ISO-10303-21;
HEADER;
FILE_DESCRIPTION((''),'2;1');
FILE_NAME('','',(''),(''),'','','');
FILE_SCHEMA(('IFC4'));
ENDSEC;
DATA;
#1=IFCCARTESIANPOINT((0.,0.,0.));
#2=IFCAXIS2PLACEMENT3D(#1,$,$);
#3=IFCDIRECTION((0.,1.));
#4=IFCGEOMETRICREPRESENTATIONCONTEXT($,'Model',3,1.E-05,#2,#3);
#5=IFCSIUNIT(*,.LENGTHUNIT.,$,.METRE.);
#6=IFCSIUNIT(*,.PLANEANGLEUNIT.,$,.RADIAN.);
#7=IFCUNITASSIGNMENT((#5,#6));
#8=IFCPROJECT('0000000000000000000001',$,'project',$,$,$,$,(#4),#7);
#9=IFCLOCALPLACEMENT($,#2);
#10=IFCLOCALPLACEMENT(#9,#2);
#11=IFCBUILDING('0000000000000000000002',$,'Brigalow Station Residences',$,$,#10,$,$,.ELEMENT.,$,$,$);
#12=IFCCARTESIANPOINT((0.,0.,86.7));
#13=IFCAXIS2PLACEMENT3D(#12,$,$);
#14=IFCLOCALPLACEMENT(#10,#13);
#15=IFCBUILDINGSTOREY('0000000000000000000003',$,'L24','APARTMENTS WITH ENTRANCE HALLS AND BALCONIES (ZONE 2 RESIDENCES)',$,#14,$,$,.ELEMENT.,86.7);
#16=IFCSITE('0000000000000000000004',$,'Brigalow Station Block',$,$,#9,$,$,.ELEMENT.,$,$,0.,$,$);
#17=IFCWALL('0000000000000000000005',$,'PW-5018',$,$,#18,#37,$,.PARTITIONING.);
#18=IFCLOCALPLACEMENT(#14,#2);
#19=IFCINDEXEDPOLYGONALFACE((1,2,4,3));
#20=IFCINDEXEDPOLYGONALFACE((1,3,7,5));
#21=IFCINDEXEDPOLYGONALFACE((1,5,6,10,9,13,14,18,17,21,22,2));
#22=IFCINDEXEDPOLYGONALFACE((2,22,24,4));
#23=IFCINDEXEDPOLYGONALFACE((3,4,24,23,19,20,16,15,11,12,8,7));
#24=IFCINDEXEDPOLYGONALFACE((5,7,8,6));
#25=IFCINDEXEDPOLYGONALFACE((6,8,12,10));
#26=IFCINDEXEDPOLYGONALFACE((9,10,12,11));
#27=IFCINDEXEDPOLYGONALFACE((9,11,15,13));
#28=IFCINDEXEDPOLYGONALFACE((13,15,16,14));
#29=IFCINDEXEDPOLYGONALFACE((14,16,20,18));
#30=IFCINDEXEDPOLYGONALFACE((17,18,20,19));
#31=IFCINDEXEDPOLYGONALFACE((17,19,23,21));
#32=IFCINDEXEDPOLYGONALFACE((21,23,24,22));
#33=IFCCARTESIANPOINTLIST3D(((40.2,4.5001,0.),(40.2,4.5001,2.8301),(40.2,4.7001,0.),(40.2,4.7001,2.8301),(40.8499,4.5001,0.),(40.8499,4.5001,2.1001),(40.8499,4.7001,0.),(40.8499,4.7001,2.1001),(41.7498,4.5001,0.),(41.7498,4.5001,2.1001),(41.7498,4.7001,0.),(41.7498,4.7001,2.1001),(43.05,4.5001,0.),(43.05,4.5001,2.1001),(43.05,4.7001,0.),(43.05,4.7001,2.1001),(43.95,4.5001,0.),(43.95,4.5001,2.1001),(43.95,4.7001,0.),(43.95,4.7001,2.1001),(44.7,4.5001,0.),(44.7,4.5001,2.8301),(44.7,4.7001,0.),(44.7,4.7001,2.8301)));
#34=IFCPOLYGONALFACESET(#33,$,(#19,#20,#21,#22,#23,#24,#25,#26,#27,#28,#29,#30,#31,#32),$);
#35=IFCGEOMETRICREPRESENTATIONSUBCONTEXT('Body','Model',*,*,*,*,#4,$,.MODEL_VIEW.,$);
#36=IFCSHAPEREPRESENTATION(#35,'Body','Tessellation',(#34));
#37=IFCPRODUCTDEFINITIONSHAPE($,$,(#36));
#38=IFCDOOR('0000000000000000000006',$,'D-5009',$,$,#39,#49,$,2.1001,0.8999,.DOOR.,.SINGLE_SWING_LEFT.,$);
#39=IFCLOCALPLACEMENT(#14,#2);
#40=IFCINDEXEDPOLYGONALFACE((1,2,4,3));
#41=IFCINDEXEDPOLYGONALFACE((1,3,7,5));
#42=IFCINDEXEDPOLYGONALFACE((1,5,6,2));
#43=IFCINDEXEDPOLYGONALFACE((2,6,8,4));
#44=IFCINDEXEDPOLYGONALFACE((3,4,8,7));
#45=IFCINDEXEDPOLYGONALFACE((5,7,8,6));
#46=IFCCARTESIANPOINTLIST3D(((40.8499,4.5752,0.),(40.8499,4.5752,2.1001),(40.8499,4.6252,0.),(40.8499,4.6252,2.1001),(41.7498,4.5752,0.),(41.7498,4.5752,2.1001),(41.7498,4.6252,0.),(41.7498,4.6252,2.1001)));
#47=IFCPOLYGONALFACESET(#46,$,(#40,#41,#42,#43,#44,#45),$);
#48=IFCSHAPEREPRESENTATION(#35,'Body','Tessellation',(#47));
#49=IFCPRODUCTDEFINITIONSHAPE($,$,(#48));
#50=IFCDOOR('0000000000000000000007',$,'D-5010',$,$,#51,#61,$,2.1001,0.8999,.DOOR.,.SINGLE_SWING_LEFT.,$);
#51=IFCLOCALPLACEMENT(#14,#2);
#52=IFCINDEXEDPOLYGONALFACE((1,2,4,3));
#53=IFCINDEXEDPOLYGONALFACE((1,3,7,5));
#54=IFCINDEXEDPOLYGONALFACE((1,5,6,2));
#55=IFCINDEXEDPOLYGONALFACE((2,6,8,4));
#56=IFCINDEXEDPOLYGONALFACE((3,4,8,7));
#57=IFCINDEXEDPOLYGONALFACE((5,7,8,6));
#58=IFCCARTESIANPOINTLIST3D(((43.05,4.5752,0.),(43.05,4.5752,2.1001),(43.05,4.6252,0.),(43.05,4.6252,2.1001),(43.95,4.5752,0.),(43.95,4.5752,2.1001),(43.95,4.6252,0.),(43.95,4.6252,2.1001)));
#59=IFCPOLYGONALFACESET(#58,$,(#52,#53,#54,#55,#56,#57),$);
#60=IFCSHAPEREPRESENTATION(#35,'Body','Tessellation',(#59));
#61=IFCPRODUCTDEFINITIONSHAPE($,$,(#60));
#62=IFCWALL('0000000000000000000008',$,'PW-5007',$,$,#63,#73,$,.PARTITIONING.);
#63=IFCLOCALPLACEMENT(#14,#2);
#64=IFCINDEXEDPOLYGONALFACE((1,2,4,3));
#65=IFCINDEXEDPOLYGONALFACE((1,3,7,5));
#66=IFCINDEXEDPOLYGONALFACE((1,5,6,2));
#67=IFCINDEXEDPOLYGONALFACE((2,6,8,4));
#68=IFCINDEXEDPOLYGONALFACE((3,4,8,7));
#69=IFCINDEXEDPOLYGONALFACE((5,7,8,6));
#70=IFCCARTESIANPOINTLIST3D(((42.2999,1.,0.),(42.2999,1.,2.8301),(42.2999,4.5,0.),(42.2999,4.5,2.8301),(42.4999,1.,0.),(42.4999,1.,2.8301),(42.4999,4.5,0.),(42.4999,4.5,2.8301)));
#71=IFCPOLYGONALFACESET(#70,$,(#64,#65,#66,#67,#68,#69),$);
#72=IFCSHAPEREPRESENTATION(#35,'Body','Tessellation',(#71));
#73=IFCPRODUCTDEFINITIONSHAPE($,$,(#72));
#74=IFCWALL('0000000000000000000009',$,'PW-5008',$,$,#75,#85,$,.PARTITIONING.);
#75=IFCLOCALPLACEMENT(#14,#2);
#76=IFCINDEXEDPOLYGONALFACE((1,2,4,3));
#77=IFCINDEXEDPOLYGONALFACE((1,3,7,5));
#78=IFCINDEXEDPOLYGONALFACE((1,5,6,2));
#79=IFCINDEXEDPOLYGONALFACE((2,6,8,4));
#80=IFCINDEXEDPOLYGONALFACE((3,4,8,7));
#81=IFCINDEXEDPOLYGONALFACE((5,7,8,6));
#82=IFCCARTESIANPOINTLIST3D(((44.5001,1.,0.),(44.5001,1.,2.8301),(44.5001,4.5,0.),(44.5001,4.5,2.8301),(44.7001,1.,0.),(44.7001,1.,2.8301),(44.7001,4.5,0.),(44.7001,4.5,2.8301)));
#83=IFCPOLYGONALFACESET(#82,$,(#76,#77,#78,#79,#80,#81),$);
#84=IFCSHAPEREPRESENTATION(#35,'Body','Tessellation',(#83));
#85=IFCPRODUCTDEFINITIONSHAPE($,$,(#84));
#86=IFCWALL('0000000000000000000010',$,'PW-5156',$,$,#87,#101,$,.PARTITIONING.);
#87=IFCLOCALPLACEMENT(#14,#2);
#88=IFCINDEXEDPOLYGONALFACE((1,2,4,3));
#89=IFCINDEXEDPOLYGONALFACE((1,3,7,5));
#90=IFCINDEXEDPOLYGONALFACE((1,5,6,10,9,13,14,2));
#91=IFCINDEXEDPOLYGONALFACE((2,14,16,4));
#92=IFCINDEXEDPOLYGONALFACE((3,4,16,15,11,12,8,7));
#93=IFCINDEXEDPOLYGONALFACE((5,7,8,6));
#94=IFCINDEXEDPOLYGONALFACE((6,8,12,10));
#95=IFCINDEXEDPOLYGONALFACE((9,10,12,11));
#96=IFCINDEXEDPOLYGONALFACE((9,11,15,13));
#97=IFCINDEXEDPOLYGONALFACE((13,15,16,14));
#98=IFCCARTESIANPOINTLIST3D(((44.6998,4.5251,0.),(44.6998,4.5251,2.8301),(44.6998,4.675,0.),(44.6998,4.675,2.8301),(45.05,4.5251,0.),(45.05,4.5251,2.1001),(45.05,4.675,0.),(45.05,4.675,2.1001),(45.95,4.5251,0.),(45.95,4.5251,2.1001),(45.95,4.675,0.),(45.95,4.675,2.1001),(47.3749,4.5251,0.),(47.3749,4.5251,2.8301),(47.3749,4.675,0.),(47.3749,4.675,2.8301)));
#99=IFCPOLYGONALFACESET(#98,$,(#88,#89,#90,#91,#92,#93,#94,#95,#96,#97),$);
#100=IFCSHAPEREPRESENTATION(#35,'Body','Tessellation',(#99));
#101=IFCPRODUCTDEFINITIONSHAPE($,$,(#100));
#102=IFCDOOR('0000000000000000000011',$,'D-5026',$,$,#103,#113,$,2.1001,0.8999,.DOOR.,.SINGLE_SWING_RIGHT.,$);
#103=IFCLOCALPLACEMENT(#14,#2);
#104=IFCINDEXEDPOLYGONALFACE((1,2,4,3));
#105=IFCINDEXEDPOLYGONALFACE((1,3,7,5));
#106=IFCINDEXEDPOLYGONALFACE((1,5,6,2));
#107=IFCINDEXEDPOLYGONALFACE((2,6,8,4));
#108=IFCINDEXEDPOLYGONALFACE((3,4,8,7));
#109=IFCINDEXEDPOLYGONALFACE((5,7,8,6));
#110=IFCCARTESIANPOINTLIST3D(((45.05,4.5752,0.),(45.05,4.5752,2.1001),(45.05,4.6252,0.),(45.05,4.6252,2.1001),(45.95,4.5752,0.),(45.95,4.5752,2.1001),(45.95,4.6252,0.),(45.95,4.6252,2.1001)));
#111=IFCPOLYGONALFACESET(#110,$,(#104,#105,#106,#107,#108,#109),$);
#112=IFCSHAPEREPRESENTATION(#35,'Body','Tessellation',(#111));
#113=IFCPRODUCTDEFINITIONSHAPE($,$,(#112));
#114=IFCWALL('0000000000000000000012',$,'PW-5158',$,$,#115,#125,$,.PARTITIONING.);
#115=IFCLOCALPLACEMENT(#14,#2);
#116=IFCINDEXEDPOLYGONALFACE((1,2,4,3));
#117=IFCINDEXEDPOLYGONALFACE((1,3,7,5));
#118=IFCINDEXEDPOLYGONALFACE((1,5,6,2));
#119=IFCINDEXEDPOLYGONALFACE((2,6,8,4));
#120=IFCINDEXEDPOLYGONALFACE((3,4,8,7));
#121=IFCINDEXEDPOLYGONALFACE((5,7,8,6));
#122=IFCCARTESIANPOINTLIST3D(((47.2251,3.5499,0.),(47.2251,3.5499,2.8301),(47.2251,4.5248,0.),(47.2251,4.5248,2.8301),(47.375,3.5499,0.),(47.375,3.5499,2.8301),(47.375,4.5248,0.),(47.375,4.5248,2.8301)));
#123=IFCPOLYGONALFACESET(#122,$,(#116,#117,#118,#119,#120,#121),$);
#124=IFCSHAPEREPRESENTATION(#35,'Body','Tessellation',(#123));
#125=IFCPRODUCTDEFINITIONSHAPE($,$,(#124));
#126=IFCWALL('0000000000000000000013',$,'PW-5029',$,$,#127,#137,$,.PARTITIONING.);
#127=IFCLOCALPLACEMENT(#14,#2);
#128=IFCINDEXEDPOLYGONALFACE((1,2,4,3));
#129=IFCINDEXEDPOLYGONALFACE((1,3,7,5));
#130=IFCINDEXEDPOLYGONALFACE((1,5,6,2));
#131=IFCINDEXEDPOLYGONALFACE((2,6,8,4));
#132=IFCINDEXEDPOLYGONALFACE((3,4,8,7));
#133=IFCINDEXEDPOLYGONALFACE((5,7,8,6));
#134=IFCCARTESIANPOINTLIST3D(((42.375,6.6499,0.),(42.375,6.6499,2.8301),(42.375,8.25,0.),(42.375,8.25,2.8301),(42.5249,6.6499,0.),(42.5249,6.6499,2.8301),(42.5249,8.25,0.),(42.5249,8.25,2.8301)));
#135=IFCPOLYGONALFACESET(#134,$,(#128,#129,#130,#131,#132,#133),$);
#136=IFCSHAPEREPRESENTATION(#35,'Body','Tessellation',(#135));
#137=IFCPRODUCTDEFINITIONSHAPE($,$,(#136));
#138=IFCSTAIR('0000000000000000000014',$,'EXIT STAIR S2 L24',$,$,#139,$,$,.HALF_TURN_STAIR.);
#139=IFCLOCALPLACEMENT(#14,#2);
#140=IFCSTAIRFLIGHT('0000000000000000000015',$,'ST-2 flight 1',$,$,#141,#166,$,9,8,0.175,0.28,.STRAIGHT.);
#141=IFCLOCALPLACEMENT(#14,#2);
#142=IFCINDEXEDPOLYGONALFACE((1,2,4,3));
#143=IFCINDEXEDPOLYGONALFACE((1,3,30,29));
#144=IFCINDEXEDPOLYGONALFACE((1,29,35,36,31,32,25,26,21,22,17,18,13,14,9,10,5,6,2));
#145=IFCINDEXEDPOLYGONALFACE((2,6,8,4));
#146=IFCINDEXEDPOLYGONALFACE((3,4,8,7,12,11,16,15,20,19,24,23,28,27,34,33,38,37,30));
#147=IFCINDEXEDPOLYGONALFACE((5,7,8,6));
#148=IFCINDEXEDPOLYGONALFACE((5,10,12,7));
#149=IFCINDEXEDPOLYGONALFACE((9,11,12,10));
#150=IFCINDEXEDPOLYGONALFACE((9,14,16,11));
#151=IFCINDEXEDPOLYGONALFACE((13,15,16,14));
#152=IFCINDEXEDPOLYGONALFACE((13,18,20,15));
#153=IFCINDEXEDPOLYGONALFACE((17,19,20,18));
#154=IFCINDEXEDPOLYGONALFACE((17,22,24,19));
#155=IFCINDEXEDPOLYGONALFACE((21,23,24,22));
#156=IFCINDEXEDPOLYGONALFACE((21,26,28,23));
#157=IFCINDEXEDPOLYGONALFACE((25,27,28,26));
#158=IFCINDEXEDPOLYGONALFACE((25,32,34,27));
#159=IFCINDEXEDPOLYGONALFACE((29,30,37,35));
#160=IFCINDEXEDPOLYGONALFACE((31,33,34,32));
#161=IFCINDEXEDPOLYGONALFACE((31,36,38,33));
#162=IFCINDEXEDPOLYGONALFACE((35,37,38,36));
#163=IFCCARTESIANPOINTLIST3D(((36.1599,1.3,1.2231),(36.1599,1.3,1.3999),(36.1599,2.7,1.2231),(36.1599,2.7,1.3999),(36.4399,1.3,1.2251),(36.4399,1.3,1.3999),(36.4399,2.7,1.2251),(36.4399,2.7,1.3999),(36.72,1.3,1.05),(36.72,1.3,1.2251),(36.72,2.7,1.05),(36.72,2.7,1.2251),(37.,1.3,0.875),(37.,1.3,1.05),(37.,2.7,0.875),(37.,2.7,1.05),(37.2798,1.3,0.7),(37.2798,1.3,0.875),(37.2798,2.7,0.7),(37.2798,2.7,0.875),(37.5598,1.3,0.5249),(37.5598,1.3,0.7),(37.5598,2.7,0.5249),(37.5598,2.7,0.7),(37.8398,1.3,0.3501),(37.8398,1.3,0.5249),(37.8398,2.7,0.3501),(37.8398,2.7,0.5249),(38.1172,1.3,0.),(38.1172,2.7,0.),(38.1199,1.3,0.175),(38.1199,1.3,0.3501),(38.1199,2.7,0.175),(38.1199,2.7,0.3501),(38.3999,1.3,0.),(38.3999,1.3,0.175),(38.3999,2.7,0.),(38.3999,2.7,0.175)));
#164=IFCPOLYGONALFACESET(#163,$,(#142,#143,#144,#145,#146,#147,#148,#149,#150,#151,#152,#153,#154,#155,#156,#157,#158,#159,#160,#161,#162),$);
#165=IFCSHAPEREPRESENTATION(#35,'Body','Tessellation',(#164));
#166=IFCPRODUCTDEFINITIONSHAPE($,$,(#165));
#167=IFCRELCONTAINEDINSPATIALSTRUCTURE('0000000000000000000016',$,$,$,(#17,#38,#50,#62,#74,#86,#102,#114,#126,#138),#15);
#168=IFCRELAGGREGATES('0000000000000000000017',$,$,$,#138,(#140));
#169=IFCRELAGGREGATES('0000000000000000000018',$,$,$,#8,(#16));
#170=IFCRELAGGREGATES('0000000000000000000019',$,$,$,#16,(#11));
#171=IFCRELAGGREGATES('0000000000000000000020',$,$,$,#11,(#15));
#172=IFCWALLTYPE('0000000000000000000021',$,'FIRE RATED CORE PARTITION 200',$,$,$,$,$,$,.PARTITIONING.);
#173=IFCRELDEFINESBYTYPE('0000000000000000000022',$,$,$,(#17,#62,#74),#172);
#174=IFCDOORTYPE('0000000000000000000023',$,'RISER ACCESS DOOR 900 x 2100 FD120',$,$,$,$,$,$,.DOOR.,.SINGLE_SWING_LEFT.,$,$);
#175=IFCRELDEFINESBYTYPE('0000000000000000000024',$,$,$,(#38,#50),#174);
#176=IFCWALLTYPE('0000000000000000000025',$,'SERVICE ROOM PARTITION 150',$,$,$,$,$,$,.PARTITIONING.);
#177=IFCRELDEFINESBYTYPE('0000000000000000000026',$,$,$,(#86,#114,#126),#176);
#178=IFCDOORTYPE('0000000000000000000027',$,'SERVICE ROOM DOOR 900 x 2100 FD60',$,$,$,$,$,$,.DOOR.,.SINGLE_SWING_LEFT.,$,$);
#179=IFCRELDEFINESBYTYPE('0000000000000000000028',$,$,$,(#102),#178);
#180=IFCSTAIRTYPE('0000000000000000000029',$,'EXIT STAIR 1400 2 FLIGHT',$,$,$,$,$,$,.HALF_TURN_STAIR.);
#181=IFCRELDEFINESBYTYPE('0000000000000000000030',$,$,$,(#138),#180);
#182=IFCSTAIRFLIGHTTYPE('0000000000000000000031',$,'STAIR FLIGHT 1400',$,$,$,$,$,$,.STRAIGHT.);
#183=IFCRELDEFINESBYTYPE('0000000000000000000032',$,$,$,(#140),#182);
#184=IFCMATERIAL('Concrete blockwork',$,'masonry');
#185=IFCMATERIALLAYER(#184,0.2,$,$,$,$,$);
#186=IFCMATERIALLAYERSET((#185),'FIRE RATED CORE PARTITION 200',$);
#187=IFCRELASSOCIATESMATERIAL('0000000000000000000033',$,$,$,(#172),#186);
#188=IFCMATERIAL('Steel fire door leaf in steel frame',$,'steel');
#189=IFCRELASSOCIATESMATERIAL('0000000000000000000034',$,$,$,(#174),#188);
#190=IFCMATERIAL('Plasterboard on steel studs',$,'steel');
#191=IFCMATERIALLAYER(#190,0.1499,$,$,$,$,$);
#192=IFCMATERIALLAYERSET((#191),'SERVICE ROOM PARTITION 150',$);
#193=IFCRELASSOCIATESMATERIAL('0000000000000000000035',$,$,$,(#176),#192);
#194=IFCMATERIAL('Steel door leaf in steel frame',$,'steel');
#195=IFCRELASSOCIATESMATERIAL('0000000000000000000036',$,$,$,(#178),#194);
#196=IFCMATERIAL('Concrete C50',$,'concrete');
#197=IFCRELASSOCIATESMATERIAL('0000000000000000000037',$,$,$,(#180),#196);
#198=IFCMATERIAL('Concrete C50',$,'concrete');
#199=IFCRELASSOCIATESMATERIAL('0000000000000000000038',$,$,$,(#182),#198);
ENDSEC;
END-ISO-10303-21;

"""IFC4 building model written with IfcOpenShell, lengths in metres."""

from ifc_helpers import new_model, si_unit, direction, frame, frame_2d, origin, place, context, subcontext, project, spatial, polyline, rectangle, outline, extrude, material, layer, layer_set, type_object, element, fill, aggregate, save


model = new_model("IFC4")

# Units and contexts
model_context = context("Model", 3, precision=1e-05, world=origin(), true_north=direction((0.0, 1.0)))
body_context = subcontext(model_context, "Body", "Model", "MODEL_VIEW")
ifc_project = project(units=[si_unit("LENGTHUNIT", "METRE"), si_unit("PLANEANGLEUNIT", "RADIAN")], contexts=[model_context])

# Site, building, storey
site_placement = place(None, origin())
site = spatial("IfcSite", under=ifc_project, at=site_placement, Name="Brigalow Station Block", CompositionType="ELEMENT", RefElevation=0.0)
building_placement = place(site_placement, origin())
building = spatial("IfcBuilding", under=site, at=building_placement, Name="Brigalow Station Residences", CompositionType="ELEMENT")
storey_placement = place(building_placement, frame((0.0, 0.0, 86.7)))
storey = spatial("IfcBuildingStorey", under=building, at=storey_placement, Name="L24", Description="APARTMENTS WITH ENTRANCE HALLS AND BALCONIES (ZONE 2 RESIDENCES)", CompositionType="ELEMENT", Elevation=86.7)

# Wall, openings, doors
ifc_material_1 = material(Name="Concrete blockwork", Category="masonry")
ifc_layer_1 = layer(ifc_material_1, 0.2)
ifc_layer_set_1 = layer_set([ifc_layer_1], Name="FIRE RATED CORE PARTITION 200")
wall_type_1 = type_object("IfcWallType", Name="FIRE RATED CORE PARTITION 200", PredefinedType="PARTITIONING", material=ifc_layer_set_1)
wall_1_placement = place(storey_placement, frame((40.2, 4.6001, 0.0), z_axis=(0.0, 0.0, 1.0), x_axis=(1.0, 0.0, 0.0)))
wall_1 = element("IfcWall", 1, at=wall_1_placement, inside=storey, type_object=wall_type_1, Name="PW-5018", PredefinedType="PARTITIONING", context=body_context, shape_type="SweptSolid", body=[
    extrude(rectangle(XDim=4.5, YDim=0.2, at=frame_2d((2.25, 0.0))), origin(), (0.0, 0.0, 1.0), 2.8301),
])
opening_1_placement = place(wall_1_placement, frame((0.6499, 0.0, 0.0)))
opening_1 = element("IfcOpeningElement", 2, at=opening_1_placement, cuts=wall_1, PredefinedType="OPENING", context=body_context, shape_type="SweptSolid", body=[
    extrude(rectangle(XDim=0.8999, YDim=2.1001, at=frame_2d((0.45, 1.05))), frame((0.0, 0.1099, 0.0), z_axis=(0.0, -1.0, 0.0), x_axis=(1.0, 0.0, 0.0)), (0.0, 0.0, 1.0), 0.22),
])
opening_2_placement = place(wall_1_placement, frame((2.8501, 0.0, 0.0)))
opening_2 = element("IfcOpeningElement", 3, at=opening_2_placement, cuts=wall_1, PredefinedType="OPENING", context=body_context, shape_type="SweptSolid", body=[
    extrude(rectangle(XDim=0.8999, YDim=2.1001, at=frame_2d((0.45, 1.05))), frame((0.0, 0.1099, 0.0), z_axis=(0.0, -1.0, 0.0), x_axis=(1.0, 0.0, 0.0)), (0.0, 0.0, 1.0), 0.22),
])
ifc_material_2 = material(Name="Steel fire door leaf in steel frame", Category="steel")
door_type_1 = type_object("IfcDoorType", Name="RISER ACCESS DOOR 900 x 2100 FD120", OperationType="SINGLE_SWING_LEFT", PredefinedType="DOOR", material=ifc_material_2)
door_1_placement = place(opening_1_placement, frame((0.8999, 0.0, 0.0), z_axis=(0.0, 0.0, 1.0), x_axis=(-1.0, 0.0, 0.0)))
door_1 = element("IfcDoor", 4, at=door_1_placement, inside=storey, type_object=door_type_1, Name="D-5009", OperationType="SINGLE_SWING_LEFT", OverallHeight=2.1001, OverallWidth=0.8999, PredefinedType="DOOR", context=body_context, shape_type="SweptSolid", body=[
    extrude(rectangle(XDim=0.8999, YDim=2.1001, at=frame_2d((0.45, 1.05))), frame((0.0, 0.0249, 0.0), z_axis=(0.0, -1.0, 0.0), x_axis=(1.0, 0.0, 0.0)), (0.0, 0.0, 1.0), 0.05),
])
fill(opening_1, door_1)
door_2_placement = place(opening_2_placement, frame((0.8999, 0.0, 0.0), z_axis=(0.0, 0.0, 1.0), x_axis=(-1.0, 0.0, 0.0)))
door_2 = element("IfcDoor", 5, at=door_2_placement, inside=storey, type_object=door_type_1, Name="D-5010", OperationType="SINGLE_SWING_LEFT", OverallHeight=2.1001, OverallWidth=0.8999, PredefinedType="DOOR", context=body_context, shape_type="SweptSolid", body=[
    extrude(rectangle(XDim=0.8999, YDim=2.1001, at=frame_2d((0.45, 1.05))), frame((0.0, 0.0249, 0.0), z_axis=(0.0, -1.0, 0.0), x_axis=(1.0, 0.0, 0.0)), (0.0, 0.0, 1.0), 0.05),
])
fill(opening_2, door_2)

# Walls
for number, where, z_axis, x_axis, name in (
    (6, (42.3999, 1.0, 0.0), (0.0, 0.0, 1.0), (0.0, 1.0, 0.0), "PW-5007"),
    (7, (44.6001, 1.0, 0.0), (0.0, 0.0, 1.0), (0.0, 1.0, 0.0), "PW-5008"),
):
    element("IfcWall", number, at=place(storey_placement, frame(where, z_axis=z_axis, x_axis=x_axis)), inside=storey, type_object=wall_type_1, Name=name, PredefinedType="PARTITIONING", context=body_context, shape_type="SweptSolid", body=[
        extrude(rectangle(XDim=3.5, YDim=0.2, at=frame_2d((1.75, 0.0))), origin(), (0.0, 0.0, 1.0), 2.8301),
    ])

# Wall, opening, door
ifc_material_3 = material(Name="Plasterboard on steel studs", Category="steel")
ifc_layer_2 = layer(ifc_material_3, 0.1499)
ifc_layer_set_2 = layer_set([ifc_layer_2], Name="SERVICE ROOM PARTITION 150")
wall_type_2 = type_object("IfcWallType", Name="SERVICE ROOM PARTITION 150", PredefinedType="PARTITIONING", material=ifc_layer_set_2)
wall_2_placement = place(storey_placement, frame((44.7, 4.6001, 0.0), z_axis=(0.0, 0.0, 1.0), x_axis=(1.0, 0.0, 0.0)))
wall_2 = element("IfcWall", 8, at=wall_2_placement, inside=storey, type_object=wall_type_2, Name="PW-5156", PredefinedType="PARTITIONING", context=body_context, shape_type="SweptSolid", body=[
    extrude(rectangle(XDim=2.675, YDim=0.1499, at=frame_2d((1.3374, 0.0))), origin(), (0.0, 0.0, 1.0), 2.8301),
])
opening_3_placement = place(wall_2_placement, frame((0.3501, 0.0, 0.0)))
opening_3 = element("IfcOpeningElement", 9, at=opening_3_placement, cuts=wall_2, PredefinedType="OPENING", context=body_context, shape_type="SweptSolid", body=[
    extrude(rectangle(XDim=0.8999, YDim=2.1001, at=frame_2d((0.45, 1.05))), frame((0.0, 0.085, 0.0), z_axis=(0.0, -1.0, 0.0), x_axis=(1.0, 0.0, 0.0)), (0.0, 0.0, 1.0), 0.1699),
])
ifc_material_4 = material(Name="Steel door leaf in steel frame", Category="steel")
door_type_2 = type_object("IfcDoorType", Name="SERVICE ROOM DOOR 900 x 2100 FD60", OperationType="SINGLE_SWING_LEFT", PredefinedType="DOOR", material=ifc_material_4)
door_3_placement = place(opening_3_placement, frame((0.8999, 0.0, 0.0), z_axis=(0.0, 0.0, 1.0), x_axis=(-1.0, 0.0, 0.0)))
door_3 = element("IfcDoor", 10, at=door_3_placement, inside=storey, type_object=door_type_2, Name="D-5026", OperationType="SINGLE_SWING_RIGHT", OverallHeight=2.1001, OverallWidth=0.8999, PredefinedType="DOOR", context=body_context, shape_type="SweptSolid", body=[
    extrude(rectangle(XDim=0.8999, YDim=2.1001, at=frame_2d((0.45, 1.05))), frame((0.0, 0.0249, 0.0), z_axis=(0.0, -1.0, 0.0), x_axis=(1.0, 0.0, 0.0)), (0.0, 0.0, 1.0), 0.05),
])
fill(opening_3, door_3)

# Walls
wall_3_placement = place(storey_placement, frame((47.3, 3.55, 0.0), z_axis=(0.0, 0.0, 1.0), x_axis=(0.0, 1.0, 0.0)))
element("IfcWall", 11, at=wall_3_placement, inside=storey, type_object=wall_type_2, Name="PW-5158", PredefinedType="PARTITIONING", context=body_context, shape_type="SweptSolid", body=[
    extrude(rectangle(XDim=0.9749, YDim=0.1499, at=frame_2d((0.4873, 0.0))), origin(), (0.0, 0.0, 1.0), 2.8301),
])
wall_4_placement = place(storey_placement, frame((42.45, 6.6499, 0.0), z_axis=(0.0, 0.0, 1.0), x_axis=(0.0, 1.0, 0.0)))
element("IfcWall", 12, at=wall_4_placement, inside=storey, type_object=wall_type_2, Name="PW-5029", PredefinedType="PARTITIONING", context=body_context, shape_type="SweptSolid", body=[
    extrude(rectangle(XDim=1.6001, YDim=0.1499, at=frame_2d((0.8, 0.0))), origin(), (0.0, 0.0, 1.0), 2.8301),
])

# Stair, stair flight
ifc_material_5 = material(Name="Concrete C50", Category="concrete")
stair_type = type_object("IfcStairType", Name="EXIT STAIR 1400 2 FLIGHT", PredefinedType="HALF_TURN_STAIR", material=ifc_material_5)
stair_placement = place(storey_placement, origin())
stair = element("IfcStair", 13, at=stair_placement, inside=storey, type_object=stair_type, Name="EXIT STAIR S2 L24", PredefinedType="HALF_TURN_STAIR")
ifc_material_6 = material(Name="Concrete C50", Category="concrete")
stair_flight_type = type_object("IfcStairFlightType", Name="STAIR FLIGHT 1400", PredefinedType="STRAIGHT", material=ifc_material_6)
stair_flight_placement = place(storey_placement, frame((38.3999, 2.0, 0.0), z_axis=(0.0, 0.0, 1.0), x_axis=(-1.0, 0.0, 0.0)))
stair_flight = element("IfcStairFlight", 14, at=stair_flight_placement, type_object=stair_flight_type, Name="ST-2 flight 1", NumberOfRisers=9, NumberOfTreads=8, PredefinedType="STRAIGHT", RiserHeight=0.175, TreadLength=0.28, context=body_context, shape_type="SweptSolid", body=[
    extrude(outline(polyline([(0.0, 0.0), (0.0, 0.175), (0.28, 0.175), (0.28, 0.3501), (0.5601, 0.3501), (0.5601, 0.5249), (0.8401, 0.5249), (0.8401, 0.7), (1.1201, 0.7), (1.1201, 0.875), (1.3999, 0.875), (1.3999, 1.05), (1.6799, 1.05), (1.6799, 1.2251), (1.96, 1.2251), (1.96, 1.3999), (2.24, 1.3999), (2.24, 1.575), (2.24, 1.2231), (0.2827, 0.0), (0.0, 0.0)])), frame((0.0, 0.7, 0.0), z_axis=(0.0, -1.0, 0.0), x_axis=(1.0, 0.0, 0.0)), (0.0, 0.0, 1.0), 1.3999),
])
aggregate(stair, [stair_flight])

save(model, "model.ifc")
